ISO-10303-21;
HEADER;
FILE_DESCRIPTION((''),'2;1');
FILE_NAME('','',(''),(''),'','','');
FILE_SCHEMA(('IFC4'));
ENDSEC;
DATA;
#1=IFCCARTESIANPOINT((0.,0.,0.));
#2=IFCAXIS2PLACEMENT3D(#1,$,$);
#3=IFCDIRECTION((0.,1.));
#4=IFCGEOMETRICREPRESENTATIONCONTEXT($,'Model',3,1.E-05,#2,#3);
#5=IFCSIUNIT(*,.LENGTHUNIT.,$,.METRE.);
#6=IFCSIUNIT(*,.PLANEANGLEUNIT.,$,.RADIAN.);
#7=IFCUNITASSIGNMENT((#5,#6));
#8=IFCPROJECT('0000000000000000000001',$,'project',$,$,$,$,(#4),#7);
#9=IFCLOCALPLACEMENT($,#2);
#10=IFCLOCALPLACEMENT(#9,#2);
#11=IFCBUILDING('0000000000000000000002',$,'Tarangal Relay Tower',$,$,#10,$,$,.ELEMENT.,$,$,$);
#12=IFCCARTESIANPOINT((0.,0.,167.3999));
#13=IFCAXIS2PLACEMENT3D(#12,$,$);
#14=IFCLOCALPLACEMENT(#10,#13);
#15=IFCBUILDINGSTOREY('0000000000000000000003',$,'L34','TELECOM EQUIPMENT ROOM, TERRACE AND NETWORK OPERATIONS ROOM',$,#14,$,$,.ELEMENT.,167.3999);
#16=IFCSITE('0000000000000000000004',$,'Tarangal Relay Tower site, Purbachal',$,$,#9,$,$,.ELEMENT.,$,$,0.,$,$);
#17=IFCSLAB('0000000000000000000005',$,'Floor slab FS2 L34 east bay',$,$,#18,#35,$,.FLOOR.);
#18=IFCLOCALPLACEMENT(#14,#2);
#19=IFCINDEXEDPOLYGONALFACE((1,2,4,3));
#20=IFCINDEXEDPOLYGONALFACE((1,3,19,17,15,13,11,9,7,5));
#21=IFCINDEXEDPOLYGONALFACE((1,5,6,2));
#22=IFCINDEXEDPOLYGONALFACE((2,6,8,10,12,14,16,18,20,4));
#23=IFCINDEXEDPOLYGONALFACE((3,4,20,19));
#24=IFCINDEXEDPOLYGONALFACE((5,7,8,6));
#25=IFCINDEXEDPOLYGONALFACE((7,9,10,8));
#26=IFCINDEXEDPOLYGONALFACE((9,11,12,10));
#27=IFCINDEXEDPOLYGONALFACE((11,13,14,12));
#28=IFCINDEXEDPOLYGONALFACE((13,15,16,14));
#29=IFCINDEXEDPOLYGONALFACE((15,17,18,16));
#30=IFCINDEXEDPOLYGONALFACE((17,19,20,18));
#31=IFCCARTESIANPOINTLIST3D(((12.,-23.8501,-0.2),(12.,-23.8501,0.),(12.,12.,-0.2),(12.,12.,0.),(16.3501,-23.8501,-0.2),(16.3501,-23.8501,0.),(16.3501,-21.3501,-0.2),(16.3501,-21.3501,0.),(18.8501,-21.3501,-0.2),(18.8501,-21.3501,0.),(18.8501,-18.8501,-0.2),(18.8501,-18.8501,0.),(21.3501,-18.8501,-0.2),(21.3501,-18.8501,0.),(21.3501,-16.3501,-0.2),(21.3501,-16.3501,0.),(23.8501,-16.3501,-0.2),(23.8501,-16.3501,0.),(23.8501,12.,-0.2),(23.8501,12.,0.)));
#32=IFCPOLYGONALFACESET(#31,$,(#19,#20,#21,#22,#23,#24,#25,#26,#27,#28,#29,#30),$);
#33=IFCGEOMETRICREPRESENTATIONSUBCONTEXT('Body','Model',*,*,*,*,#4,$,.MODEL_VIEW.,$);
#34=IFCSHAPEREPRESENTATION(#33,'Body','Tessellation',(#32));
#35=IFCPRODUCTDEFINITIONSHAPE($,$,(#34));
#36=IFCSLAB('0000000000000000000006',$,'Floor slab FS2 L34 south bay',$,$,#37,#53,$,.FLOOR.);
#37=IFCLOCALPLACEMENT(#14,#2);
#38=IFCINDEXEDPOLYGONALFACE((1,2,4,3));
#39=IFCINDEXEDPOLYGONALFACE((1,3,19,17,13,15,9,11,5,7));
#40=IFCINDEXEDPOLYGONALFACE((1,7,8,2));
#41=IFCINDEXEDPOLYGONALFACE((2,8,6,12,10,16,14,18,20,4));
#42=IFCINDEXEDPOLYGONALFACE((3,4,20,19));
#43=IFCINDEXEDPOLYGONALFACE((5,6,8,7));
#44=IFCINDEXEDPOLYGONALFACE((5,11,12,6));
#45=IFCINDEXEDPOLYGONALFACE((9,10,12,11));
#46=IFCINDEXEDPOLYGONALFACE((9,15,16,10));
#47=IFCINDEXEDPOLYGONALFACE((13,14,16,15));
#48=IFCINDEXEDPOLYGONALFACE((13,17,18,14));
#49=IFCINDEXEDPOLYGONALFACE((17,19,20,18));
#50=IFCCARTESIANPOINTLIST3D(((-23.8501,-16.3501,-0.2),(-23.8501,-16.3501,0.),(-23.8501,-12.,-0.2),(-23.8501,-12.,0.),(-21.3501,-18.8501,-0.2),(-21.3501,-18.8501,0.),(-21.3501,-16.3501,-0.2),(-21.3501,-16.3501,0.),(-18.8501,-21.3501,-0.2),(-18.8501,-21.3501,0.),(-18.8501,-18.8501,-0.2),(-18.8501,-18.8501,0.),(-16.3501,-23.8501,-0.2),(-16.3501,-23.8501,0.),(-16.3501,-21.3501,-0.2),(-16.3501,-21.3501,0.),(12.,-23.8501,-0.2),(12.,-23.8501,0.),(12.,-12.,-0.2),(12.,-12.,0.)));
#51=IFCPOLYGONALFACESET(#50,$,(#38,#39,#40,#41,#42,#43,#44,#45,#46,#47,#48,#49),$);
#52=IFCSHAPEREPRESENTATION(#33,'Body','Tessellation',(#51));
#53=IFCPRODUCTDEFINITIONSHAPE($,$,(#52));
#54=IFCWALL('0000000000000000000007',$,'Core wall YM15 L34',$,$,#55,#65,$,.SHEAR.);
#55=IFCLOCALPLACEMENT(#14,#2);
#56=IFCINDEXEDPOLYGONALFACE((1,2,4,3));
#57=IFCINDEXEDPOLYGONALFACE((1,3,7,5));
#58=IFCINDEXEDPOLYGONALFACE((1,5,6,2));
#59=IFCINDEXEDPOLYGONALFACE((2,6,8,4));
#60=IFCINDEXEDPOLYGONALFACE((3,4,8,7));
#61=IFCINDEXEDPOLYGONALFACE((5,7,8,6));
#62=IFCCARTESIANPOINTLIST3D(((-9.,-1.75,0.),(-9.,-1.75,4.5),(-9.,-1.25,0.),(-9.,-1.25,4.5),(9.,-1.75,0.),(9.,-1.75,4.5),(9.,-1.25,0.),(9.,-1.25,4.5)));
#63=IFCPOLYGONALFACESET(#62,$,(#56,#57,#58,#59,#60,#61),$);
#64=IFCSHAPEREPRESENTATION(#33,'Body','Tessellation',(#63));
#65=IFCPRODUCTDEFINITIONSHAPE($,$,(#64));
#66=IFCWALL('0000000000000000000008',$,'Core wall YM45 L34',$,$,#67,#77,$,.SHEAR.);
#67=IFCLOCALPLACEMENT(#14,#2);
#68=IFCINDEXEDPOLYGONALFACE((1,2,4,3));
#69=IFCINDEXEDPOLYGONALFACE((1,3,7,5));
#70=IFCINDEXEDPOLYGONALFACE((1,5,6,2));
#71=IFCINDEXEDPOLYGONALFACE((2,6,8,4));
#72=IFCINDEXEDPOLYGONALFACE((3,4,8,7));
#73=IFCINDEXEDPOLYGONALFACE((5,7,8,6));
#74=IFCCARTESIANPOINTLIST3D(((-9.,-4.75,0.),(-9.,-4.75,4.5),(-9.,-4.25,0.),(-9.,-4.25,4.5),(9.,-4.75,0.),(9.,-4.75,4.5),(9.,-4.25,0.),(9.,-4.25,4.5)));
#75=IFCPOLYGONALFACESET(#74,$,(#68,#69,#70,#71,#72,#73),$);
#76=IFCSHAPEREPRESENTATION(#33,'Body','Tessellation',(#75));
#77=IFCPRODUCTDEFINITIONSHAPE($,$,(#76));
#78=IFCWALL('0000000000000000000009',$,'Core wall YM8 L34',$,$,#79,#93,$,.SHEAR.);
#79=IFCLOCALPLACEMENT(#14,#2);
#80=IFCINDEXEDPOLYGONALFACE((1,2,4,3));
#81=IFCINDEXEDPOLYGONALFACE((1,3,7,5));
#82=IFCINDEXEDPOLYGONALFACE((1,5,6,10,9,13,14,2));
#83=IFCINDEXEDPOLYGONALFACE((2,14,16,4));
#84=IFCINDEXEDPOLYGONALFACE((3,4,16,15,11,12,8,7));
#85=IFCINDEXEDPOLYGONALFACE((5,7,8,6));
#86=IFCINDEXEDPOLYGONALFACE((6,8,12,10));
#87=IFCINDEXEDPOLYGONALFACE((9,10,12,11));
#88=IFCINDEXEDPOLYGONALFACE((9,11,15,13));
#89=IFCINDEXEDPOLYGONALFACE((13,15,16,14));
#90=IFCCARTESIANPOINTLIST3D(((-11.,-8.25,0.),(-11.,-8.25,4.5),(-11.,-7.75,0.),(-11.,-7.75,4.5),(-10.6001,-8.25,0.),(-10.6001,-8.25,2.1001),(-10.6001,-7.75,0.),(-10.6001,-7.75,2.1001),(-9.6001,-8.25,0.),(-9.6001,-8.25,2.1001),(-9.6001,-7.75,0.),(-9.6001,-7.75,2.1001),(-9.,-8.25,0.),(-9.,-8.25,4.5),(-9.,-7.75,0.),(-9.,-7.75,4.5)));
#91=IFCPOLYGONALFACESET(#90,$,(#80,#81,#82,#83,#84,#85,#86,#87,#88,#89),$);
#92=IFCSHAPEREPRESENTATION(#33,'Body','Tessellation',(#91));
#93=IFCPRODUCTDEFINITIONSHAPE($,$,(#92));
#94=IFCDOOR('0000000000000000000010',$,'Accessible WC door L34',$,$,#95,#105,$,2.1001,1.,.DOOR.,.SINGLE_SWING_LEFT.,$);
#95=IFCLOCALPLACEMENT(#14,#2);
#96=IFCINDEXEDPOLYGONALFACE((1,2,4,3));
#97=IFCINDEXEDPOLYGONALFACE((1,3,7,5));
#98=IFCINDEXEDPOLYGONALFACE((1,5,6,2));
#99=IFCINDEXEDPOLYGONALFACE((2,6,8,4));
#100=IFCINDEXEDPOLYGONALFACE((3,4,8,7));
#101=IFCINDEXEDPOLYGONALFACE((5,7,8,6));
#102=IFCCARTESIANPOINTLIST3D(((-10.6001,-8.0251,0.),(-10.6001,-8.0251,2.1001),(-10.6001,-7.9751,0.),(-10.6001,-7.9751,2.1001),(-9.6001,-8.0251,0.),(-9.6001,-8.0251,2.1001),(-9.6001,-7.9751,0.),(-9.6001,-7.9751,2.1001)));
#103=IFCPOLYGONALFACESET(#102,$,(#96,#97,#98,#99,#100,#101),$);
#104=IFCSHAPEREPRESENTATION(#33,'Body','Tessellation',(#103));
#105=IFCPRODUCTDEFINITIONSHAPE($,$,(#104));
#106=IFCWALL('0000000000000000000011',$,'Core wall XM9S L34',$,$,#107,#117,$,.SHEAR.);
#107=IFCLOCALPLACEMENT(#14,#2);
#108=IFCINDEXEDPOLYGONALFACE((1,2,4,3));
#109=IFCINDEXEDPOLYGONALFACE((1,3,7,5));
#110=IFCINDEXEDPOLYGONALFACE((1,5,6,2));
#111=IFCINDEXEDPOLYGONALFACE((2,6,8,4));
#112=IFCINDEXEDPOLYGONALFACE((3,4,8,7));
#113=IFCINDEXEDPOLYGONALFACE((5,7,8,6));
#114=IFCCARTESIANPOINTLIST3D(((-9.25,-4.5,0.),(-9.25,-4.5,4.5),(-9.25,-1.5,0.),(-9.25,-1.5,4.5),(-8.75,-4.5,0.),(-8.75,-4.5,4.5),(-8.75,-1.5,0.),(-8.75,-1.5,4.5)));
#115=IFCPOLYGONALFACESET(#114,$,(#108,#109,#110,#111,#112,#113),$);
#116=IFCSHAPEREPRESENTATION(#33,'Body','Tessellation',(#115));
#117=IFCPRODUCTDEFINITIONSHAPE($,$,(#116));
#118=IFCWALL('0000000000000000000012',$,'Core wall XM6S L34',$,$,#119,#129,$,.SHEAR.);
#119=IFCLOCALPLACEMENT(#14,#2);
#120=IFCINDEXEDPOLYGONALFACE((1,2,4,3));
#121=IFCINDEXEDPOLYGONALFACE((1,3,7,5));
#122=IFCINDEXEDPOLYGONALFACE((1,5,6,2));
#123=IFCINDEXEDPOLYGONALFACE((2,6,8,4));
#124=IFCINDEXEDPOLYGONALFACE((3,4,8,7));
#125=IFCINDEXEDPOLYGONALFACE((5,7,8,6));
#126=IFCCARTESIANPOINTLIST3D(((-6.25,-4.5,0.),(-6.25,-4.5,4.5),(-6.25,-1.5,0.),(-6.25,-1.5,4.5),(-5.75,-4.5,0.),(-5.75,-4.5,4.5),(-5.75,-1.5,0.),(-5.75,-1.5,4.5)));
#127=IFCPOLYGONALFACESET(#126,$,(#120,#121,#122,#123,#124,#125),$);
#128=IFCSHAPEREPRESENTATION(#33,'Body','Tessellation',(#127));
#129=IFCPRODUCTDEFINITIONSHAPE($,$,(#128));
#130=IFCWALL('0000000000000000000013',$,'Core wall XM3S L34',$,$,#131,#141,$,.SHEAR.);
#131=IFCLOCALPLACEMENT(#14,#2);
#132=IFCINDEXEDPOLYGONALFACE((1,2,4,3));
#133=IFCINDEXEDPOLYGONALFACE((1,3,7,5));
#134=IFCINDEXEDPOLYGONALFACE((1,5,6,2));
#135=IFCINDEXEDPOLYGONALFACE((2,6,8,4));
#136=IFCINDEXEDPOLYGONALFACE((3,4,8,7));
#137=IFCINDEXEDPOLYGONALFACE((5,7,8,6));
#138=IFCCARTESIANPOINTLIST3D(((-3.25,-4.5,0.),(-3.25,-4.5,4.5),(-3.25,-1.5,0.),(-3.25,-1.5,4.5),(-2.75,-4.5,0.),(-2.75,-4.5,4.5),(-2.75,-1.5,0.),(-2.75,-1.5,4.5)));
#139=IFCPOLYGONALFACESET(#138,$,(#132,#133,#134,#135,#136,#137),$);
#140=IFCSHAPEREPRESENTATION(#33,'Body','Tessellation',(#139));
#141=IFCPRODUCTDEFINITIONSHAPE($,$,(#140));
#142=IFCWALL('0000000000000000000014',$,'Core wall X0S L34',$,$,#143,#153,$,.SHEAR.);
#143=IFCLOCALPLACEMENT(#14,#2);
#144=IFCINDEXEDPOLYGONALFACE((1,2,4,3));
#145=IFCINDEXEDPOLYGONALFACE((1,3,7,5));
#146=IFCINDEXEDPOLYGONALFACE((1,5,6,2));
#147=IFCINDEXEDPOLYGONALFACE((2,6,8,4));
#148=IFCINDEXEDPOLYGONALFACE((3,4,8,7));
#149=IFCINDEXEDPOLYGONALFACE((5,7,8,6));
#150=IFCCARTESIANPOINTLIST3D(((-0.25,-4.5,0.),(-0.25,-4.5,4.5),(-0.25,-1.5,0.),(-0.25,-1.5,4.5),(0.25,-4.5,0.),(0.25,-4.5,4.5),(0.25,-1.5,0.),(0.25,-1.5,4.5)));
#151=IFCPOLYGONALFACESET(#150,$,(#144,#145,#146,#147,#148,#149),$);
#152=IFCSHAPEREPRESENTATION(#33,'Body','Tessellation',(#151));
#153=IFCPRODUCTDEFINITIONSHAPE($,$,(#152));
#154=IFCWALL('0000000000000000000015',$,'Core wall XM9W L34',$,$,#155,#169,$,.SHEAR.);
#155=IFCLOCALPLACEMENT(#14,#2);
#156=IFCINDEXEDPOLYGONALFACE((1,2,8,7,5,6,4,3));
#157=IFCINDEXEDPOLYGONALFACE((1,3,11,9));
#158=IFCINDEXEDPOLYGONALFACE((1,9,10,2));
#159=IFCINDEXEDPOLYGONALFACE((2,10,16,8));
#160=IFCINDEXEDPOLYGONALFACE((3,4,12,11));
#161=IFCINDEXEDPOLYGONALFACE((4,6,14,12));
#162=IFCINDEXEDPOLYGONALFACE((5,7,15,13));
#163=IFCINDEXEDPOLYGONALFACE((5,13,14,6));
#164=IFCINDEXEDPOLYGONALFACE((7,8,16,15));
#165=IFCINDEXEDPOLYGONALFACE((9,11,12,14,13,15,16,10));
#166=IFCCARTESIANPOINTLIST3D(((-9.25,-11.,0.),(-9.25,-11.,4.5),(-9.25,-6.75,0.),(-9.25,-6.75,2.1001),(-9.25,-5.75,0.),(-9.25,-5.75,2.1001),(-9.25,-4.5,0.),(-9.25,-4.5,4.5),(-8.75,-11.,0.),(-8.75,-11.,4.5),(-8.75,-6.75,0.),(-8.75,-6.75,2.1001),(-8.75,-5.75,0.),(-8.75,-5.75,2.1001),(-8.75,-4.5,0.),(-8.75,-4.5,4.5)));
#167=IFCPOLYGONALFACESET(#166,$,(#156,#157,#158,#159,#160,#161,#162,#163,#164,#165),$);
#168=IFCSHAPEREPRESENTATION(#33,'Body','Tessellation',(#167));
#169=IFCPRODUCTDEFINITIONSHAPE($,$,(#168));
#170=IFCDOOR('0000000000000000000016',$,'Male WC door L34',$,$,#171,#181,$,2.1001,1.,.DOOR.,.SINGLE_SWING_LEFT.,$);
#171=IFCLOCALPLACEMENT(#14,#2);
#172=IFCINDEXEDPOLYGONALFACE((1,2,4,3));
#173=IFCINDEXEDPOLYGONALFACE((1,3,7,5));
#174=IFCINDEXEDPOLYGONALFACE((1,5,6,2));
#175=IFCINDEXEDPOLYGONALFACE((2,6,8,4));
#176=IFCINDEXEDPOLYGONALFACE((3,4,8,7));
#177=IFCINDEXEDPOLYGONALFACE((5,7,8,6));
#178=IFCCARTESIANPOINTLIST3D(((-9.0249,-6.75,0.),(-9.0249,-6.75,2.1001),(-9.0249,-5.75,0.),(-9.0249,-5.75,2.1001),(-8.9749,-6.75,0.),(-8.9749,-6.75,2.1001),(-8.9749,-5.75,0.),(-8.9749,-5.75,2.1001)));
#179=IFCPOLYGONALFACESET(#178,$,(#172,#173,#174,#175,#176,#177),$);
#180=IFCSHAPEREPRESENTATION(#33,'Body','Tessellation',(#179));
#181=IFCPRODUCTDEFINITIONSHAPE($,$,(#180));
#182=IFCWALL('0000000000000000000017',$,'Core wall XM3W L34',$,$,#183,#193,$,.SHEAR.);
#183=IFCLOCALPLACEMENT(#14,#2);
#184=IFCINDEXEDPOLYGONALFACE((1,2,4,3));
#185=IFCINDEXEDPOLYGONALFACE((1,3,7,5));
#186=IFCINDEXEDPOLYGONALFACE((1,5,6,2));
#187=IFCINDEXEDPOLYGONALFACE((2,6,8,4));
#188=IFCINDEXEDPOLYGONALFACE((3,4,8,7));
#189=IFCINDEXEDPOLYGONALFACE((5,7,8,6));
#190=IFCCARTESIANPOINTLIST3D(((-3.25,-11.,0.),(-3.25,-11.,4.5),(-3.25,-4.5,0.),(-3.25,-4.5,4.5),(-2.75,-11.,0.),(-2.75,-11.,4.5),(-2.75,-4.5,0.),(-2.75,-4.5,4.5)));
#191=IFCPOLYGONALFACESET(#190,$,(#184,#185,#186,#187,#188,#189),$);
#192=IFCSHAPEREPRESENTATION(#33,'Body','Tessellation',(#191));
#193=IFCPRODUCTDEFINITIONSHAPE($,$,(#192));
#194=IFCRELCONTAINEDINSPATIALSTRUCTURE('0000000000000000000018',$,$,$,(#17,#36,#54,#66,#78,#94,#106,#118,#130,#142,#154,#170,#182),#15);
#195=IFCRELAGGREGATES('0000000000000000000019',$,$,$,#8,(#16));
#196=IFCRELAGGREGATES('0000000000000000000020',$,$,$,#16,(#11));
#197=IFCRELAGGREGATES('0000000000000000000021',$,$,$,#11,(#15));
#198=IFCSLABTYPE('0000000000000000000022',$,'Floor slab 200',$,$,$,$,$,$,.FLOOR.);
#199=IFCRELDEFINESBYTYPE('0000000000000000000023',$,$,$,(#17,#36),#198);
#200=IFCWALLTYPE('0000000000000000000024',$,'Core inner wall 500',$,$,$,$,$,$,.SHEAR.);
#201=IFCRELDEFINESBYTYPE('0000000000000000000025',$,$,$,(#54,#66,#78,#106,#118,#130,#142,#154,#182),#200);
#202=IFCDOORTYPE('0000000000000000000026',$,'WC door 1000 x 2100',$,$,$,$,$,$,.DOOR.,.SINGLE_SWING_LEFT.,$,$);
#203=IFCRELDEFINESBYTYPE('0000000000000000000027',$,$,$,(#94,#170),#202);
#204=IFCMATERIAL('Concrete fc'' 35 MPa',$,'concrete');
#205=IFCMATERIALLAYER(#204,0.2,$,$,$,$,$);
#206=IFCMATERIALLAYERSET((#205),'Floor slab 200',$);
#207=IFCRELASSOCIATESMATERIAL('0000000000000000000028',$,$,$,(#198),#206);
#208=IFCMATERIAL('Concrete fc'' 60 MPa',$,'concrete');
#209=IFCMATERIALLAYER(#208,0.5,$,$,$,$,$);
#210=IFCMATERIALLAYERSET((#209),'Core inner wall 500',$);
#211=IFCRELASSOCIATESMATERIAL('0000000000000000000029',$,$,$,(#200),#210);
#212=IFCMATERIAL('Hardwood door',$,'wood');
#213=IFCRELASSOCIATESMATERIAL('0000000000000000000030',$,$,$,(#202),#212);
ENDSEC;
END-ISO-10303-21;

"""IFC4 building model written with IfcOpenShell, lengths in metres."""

from ifc_helpers import new_model, si_unit, direction, frame, frame_2d, origin, place, context, subcontext, project, spatial, polyline, rectangle, outline, extrude, material, layer, layer_set, type_object, element, fill, save


model = new_model("IFC4")

# Units and contexts
model_context = context("Model", 3, precision=1e-05, world=origin(), true_north=direction((0.0, 1.0)))
body_context = subcontext(model_context, "Body", "Model", "MODEL_VIEW")
ifc_project = project(units=[si_unit("LENGTHUNIT", "METRE"), si_unit("PLANEANGLEUNIT", "RADIAN")], contexts=[model_context])

# Site, building, storey
site_placement = place(None, origin())
site = spatial("IfcSite", under=ifc_project, at=site_placement, Name="Tarangal Relay Tower site, Purbachal", CompositionType="ELEMENT", RefElevation=0.0)
building_placement = place(site_placement, origin())
building = spatial("IfcBuilding", under=site, at=building_placement, Name="Tarangal Relay Tower", CompositionType="ELEMENT")
storey_placement = place(building_placement, frame((0.0, 0.0, 167.3999)))
storey = spatial("IfcBuildingStorey", under=building, at=storey_placement, Name="L34", Description="TELECOM EQUIPMENT ROOM, TERRACE AND NETWORK OPERATIONS ROOM", CompositionType="ELEMENT", Elevation=167.3999)

# Slabs
ifc_material_1 = material(Name="Concrete fc' 35 MPa", Category="concrete")
ifc_layer_1 = layer(ifc_material_1, 0.2)
ifc_layer_set_1 = layer_set([ifc_layer_1], Name="Floor slab 200")
slab_type = type_object("IfcSlabType", Name="Floor slab 200", PredefinedType="FLOOR", material=ifc_layer_set_1)
slab_1_placement = place(storey_placement, frame((0.0, 0.0, -0.2)))
element("IfcSlab", 1, at=slab_1_placement, inside=storey, type_object=slab_type, Name="Floor slab FS2 L34 east bay", PredefinedType="FLOOR", context=body_context, shape_type="SweptSolid", body=[
    extrude(outline(polyline([(23.8501, -16.3501), (21.3501, -16.3501), (21.3501, -18.8501), (18.8501, -18.8501), (18.8501, -21.3501), (16.3501, -21.3501), (16.3501, -23.8501), (12.0, -23.8501), (12.0, 12.0), (23.8501, 12.0), (23.8501, -16.3501)])), origin(), (0.0, 0.0, 1.0), 0.2),
])
slab_2_placement = place(storey_placement, frame((0.0, 0.0, -0.2)))
element("IfcSlab", 2, at=slab_2_placement, inside=storey, type_object=slab_type, Name="Floor slab FS2 L34 south bay", PredefinedType="FLOOR", context=body_context, shape_type="SweptSolid", body=[
    extrude(outline(polyline([(-16.3501, -23.8501), (-16.3501, -21.3501), (-18.8501, -21.3501), (-18.8501, -18.8501), (-21.3501, -18.8501), (-21.3501, -16.3501), (-23.8501, -16.3501), (-23.8501, -12.0), (12.0, -12.0), (12.0, -23.8501), (-16.3501, -23.8501)])), origin(), (0.0, 0.0, 1.0), 0.2),
])

# Walls
ifc_material_2 = material(Name="Concrete fc' 60 MPa", Category="concrete")
ifc_layer_2 = layer(ifc_material_2, 0.5)
ifc_layer_set_2 = layer_set([ifc_layer_2], Name="Core inner wall 500")
wall_type_1 = type_object("IfcWallType", Name="Core inner wall 500", PredefinedType="SHEAR", material=ifc_layer_set_2)
for number, where, z_axis, x_axis, name in (
    (3, (-9.0, -1.5, 0.0), (0.0, 0.0, 1.0), (1.0, 0.0, 0.0), "Core wall YM15 L34"),
    (4, (-9.0, -4.5, 0.0), (0.0, 0.0, 1.0), (1.0, 0.0, 0.0), "Core wall YM45 L34"),
):
    element("IfcWall", number, at=place(storey_placement, frame(where, z_axis=z_axis, x_axis=x_axis)), inside=storey, type_object=wall_type_1, Name=name, PredefinedType="SHEAR", context=body_context, shape_type="SweptSolid", body=[
        extrude(rectangle(XDim=18.0, YDim=0.5, at=frame_2d((9.0, 0.0))), origin(), (0.0, 0.0, 1.0), 4.5),
    ])

# Wall, opening, door
wall_1_placement = place(storey_placement, frame((-11.0, -8.0, 0.0), z_axis=(0.0, 0.0, 1.0), x_axis=(1.0, 0.0, 0.0)))
wall_1 = element("IfcWall", 5, at=wall_1_placement, inside=storey, type_object=wall_type_1, Name="Core wall YM8 L34", PredefinedType="SHEAR", context=body_context, shape_type="SweptSolid", body=[
    extrude(rectangle(XDim=2.0, YDim=0.5, at=frame_2d((1.0, 0.0))), origin(), (0.0, 0.0, 1.0), 4.5),
])
opening_1_placement = place(wall_1_placement, frame((0.3999, 0.0, 0.0)))
opening_1 = element("IfcOpeningElement", 6, at=opening_1_placement, cuts=wall_1, PredefinedType="OPENING", context=body_context, shape_type="SweptSolid", body=[
    extrude(rectangle(XDim=1.0, YDim=2.1001, at=frame_2d((0.5, 1.05))), frame((0.0, 0.26, 0.0), z_axis=(0.0, -1.0, 0.0), x_axis=(1.0, 0.0, 0.0)), (0.0, 0.0, 1.0), 0.52),
])
ifc_material_3 = material(Name="Hardwood door", Category="wood")
door_type_1 = type_object("IfcDoorType", Name="WC door 1000 x 2100", OperationType="SINGLE_SWING_LEFT", PredefinedType="DOOR", material=ifc_material_3)
door_1_placement = place(opening_1_placement, origin())
door_1 = element("IfcDoor", 7, at=door_1_placement, inside=storey, type_object=door_type_1, Name="Accessible WC door L34", OperationType="SINGLE_SWING_LEFT", OverallHeight=2.1001, OverallWidth=1.0, PredefinedType="DOOR", context=body_context, shape_type="SweptSolid", body=[
    extrude(rectangle(XDim=1.0, YDim=2.1001, at=frame_2d((0.5, 1.05))), frame((0.0, 0.0249, 0.0), z_axis=(0.0, -1.0, 0.0), x_axis=(1.0, 0.0, 0.0)), (0.0, 0.0, 1.0), 0.05),
])
fill(opening_1, door_1)

# Walls
for number, where, z_axis, x_axis, name in (
    (8, (-9.0, -4.5, 0.0), (0.0, 0.0, 1.0), (0.0, 1.0, 0.0), "Core wall XM9S L34"),
    (9, (-6.0, -4.5, 0.0), (0.0, 0.0, 1.0), (0.0, 1.0, 0.0), "Core wall XM6S L34"),
    (10, (-3.0, -4.5, 0.0), (0.0, 0.0, 1.0), (0.0, 1.0, 0.0), "Core wall XM3S L34"),
    (11, (0.0, -4.5, 0.0), (0.0, 0.0, 1.0), (0.0, 1.0, 0.0), "Core wall X0S L34"),
):
    element("IfcWall", number, at=place(storey_placement, frame(where, z_axis=z_axis, x_axis=x_axis)), inside=storey, type_object=wall_type_1, Name=name, PredefinedType="SHEAR", context=body_context, shape_type="SweptSolid", body=[
        extrude(rectangle(XDim=3.0, YDim=0.5, at=frame_2d((1.5, 0.0))), origin(), (0.0, 0.0, 1.0), 4.5),
    ])

# Wall, opening, door
wall_2_placement = place(storey_placement, frame((-9.0, -11.0, 0.0), z_axis=(0.0, 0.0, 1.0), x_axis=(0.0, 1.0, 0.0)))
wall_2 = element("IfcWall", 12, at=wall_2_placement, inside=storey, type_object=wall_type_1, Name="Core wall XM9W L34", PredefinedType="SHEAR", context=body_context, shape_type="SweptSolid", body=[
    extrude(rectangle(XDim=6.5, YDim=0.5, at=frame_2d((3.25, 0.0))), origin(), (0.0, 0.0, 1.0), 4.5),
])
opening_2_placement = place(wall_2_placement, frame((4.25, 0.0, 0.0)))
opening_2 = element("IfcOpeningElement", 13, at=opening_2_placement, cuts=wall_2, PredefinedType="OPENING", context=body_context, shape_type="SweptSolid", body=[
    extrude(rectangle(XDim=1.0, YDim=2.1001, at=frame_2d((0.5, 1.05))), frame((0.0, 0.26, 0.0), z_axis=(0.0, -1.0, 0.0), x_axis=(1.0, 0.0, 0.0)), (0.0, 0.0, 1.0), 0.52),
])
door_2_placement = place(opening_2_placement, origin())
door_2 = element("IfcDoor", 14, at=door_2_placement, inside=storey, type_object=door_type_1, Name="Male WC door L34", OperationType="SINGLE_SWING_LEFT", OverallHeight=2.1001, OverallWidth=1.0, PredefinedType="DOOR", context=body_context, shape_type="SweptSolid", body=[
    extrude(rectangle(XDim=1.0, YDim=2.1001, at=frame_2d((0.5, 1.05))), frame((0.0, 0.0249, 0.0), z_axis=(0.0, -1.0, 0.0), x_axis=(1.0, 0.0, 0.0)), (0.0, 0.0, 1.0), 0.05),
])
fill(opening_2, door_2)

# Wall
wall_3_placement = place(storey_placement, frame((-3.0, -11.0, 0.0), z_axis=(0.0, 0.0, 1.0), x_axis=(0.0, 1.0, 0.0)))
element("IfcWall", 15, at=wall_3_placement, inside=storey, type_object=wall_type_1, Name="Core wall XM3W L34", PredefinedType="SHEAR", context=body_context, shape_type="SweptSolid", body=[
    extrude(rectangle(XDim=6.5, YDim=0.5, at=frame_2d((3.25, 0.0))), origin(), (0.0, 0.0, 1.0), 4.5),
])

save(model, "model.ifc")
